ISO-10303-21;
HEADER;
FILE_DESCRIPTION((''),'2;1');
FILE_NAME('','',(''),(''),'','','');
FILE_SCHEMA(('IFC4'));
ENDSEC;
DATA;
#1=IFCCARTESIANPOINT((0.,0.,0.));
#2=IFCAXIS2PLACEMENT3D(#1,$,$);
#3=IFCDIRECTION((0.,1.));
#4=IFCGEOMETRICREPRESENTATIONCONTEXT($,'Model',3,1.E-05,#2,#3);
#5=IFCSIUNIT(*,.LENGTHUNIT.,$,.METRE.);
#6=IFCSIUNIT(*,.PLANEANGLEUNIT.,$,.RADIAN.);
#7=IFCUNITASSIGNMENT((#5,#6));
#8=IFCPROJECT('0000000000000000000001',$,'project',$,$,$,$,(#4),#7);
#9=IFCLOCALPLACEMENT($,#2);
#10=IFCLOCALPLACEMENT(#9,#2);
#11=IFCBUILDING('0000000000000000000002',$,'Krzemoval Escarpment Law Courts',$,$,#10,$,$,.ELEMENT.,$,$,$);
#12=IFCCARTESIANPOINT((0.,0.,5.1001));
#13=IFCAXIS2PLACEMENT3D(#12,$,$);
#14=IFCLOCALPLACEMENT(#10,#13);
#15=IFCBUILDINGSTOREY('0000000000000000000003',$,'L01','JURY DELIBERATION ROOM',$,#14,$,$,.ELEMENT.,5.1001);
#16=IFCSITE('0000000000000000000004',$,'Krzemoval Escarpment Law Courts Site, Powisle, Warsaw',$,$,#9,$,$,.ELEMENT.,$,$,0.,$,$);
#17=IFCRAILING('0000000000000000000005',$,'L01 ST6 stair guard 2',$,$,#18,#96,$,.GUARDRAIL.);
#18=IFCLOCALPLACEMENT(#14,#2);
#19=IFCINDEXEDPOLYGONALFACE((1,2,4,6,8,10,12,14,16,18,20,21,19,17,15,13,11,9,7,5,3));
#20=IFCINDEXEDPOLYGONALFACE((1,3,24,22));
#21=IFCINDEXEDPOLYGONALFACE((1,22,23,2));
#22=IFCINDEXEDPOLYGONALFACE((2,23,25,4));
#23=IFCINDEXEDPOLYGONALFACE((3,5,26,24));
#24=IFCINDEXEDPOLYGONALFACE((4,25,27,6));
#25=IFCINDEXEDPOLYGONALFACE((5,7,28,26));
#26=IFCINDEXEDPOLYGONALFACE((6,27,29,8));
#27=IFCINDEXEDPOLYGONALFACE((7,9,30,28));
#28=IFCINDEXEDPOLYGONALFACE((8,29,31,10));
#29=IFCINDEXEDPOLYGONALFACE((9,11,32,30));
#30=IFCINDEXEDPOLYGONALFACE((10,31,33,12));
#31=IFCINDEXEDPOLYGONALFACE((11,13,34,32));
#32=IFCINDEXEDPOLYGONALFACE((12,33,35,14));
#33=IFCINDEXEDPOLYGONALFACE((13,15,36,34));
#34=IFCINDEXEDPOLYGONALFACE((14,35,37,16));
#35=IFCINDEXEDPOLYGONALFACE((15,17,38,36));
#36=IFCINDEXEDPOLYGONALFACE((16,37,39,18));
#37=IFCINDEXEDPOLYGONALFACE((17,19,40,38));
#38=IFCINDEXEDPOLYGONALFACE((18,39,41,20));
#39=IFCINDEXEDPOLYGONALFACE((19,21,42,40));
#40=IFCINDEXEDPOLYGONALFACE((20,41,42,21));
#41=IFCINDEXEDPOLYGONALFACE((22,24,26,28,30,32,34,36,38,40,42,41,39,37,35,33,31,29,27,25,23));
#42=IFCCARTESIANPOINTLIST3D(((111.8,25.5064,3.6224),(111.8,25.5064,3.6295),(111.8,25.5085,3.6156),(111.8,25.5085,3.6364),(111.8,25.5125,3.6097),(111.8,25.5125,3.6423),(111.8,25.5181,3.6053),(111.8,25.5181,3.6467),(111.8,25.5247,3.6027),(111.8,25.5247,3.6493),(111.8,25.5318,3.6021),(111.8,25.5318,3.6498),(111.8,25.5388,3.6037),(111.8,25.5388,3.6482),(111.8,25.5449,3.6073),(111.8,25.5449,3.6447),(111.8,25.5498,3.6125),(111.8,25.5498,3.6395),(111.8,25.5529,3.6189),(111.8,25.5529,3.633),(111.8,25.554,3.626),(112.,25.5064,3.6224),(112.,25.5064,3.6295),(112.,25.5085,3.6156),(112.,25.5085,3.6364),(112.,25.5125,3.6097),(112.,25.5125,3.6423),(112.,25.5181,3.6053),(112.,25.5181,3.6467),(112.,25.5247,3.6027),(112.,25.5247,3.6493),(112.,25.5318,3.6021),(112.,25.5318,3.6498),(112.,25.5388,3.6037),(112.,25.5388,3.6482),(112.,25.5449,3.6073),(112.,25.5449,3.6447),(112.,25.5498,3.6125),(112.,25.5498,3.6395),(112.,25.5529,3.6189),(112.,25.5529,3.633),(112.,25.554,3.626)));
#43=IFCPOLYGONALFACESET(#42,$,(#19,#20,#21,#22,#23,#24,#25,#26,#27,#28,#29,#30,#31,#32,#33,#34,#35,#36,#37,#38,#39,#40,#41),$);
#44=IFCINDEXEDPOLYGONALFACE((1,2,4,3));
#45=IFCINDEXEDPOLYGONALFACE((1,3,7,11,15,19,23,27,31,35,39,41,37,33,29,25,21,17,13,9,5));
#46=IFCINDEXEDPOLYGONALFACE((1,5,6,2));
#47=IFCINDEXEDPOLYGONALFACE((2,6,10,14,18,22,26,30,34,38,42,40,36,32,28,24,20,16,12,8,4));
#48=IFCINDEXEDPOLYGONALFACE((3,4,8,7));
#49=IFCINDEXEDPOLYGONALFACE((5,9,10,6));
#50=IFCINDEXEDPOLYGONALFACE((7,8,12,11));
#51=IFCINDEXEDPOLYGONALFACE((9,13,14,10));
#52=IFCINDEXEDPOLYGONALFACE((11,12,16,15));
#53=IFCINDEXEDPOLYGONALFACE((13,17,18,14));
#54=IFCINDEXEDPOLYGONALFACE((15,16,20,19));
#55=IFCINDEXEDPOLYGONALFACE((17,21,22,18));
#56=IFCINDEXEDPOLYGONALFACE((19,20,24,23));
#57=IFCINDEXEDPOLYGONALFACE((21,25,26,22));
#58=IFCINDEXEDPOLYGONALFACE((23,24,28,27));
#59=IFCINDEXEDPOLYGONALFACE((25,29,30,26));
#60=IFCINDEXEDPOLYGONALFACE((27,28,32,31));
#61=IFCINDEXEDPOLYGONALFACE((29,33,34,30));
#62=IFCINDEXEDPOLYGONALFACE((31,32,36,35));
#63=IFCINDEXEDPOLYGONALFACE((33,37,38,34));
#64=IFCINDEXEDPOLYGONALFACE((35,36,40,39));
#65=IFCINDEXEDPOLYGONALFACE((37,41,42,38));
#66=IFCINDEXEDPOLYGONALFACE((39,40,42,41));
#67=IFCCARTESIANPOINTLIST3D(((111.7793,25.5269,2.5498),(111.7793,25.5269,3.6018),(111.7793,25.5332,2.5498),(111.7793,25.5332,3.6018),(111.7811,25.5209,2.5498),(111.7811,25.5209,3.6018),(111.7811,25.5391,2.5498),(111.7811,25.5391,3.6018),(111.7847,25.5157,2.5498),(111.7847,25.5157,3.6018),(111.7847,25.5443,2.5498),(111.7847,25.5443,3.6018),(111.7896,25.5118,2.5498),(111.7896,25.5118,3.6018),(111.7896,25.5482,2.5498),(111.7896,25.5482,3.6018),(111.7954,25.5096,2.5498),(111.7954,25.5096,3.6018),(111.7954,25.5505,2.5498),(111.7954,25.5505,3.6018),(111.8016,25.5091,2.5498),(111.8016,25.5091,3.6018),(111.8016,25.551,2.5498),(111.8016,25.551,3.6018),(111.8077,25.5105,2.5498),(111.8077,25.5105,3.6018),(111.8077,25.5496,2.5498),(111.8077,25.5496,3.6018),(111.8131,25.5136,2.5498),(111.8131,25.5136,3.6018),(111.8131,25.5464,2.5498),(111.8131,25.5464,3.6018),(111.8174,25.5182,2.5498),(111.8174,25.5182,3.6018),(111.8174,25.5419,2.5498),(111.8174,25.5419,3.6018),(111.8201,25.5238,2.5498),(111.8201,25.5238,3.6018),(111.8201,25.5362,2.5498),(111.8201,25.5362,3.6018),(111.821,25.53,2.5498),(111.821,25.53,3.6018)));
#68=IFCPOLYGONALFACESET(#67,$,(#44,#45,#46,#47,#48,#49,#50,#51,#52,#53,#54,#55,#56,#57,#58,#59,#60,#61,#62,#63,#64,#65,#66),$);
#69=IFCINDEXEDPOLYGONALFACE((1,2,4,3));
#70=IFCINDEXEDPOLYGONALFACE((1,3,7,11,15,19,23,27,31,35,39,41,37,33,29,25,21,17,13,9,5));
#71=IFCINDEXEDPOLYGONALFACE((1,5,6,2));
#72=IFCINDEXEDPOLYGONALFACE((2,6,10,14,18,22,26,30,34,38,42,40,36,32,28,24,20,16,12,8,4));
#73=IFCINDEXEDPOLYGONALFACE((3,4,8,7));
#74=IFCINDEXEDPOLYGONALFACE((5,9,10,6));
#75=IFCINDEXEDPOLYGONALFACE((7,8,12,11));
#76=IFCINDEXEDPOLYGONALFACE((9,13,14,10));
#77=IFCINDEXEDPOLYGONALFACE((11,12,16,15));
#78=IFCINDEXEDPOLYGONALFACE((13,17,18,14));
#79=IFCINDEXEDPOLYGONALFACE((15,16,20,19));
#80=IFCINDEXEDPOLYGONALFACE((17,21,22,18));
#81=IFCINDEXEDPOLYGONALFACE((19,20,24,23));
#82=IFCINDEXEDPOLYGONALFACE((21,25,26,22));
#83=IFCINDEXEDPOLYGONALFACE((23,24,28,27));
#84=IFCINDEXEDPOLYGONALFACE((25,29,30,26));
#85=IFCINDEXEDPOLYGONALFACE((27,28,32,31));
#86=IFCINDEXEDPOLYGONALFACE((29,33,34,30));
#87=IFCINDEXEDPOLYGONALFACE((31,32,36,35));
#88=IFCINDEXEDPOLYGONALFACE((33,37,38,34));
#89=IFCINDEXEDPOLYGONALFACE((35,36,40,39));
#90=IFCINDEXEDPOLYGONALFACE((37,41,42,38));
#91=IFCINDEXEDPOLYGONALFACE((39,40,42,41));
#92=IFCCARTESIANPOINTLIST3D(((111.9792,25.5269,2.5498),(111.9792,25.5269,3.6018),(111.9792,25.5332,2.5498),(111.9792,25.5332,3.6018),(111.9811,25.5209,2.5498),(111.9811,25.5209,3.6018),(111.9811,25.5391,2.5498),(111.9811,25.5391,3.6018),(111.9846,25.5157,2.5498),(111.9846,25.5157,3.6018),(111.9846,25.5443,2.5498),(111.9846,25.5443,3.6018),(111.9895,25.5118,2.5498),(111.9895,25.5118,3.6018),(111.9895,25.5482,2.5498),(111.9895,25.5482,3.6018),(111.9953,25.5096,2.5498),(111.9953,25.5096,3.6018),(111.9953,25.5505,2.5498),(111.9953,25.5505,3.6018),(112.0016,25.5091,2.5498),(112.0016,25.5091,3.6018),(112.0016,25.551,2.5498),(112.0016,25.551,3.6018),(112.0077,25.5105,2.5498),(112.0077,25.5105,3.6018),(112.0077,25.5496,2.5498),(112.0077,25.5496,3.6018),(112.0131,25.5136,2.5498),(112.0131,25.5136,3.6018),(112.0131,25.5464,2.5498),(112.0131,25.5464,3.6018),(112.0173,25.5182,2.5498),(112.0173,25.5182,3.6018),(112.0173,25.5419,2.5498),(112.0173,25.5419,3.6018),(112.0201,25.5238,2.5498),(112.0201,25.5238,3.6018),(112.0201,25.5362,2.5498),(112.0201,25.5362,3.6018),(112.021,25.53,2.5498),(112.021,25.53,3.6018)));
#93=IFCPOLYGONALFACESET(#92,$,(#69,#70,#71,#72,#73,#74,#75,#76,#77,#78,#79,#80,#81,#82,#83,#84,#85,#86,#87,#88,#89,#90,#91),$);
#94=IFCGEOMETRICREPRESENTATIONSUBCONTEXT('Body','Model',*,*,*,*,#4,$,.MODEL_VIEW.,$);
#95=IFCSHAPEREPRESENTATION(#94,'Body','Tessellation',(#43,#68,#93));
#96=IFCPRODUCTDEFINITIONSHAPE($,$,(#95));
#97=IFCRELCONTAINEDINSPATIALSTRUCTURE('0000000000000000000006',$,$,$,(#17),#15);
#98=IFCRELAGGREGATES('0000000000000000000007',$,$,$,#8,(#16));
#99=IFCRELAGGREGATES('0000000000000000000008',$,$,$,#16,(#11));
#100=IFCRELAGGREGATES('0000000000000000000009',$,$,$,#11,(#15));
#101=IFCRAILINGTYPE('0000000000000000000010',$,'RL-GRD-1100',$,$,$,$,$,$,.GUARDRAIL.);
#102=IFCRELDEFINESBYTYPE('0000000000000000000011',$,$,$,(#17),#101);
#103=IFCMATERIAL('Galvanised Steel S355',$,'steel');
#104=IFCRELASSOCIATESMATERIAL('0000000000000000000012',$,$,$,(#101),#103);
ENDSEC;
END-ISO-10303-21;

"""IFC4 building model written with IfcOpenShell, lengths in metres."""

from ifc_helpers import new_model, si_unit, direction, frame, origin, origin_2d, place, context, subcontext, project, spatial, circle, extrude, material, type_object, element, save


model = new_model("IFC4")

# Units and contexts
model_context = context("Model", 3, precision=1e-05, world=origin(), true_north=direction((0.0, 1.0)))
body_context = subcontext(model_context, "Body", "Model", "MODEL_VIEW")
ifc_project = project(units=[si_unit("LENGTHUNIT", "METRE"), si_unit("PLANEANGLEUNIT", "RADIAN")], contexts=[model_context])

# Site, building, storey
site_placement = place(None, origin())
site = spatial("IfcSite", under=ifc_project, at=site_placement, Name="Krzemoval Escarpment Law Courts Site, Powisle, Warsaw", CompositionType="ELEMENT", RefElevation=0.0)
building_placement = place(site_placement, origin())
building = spatial("IfcBuilding", under=site, at=building_placement, Name="Krzemoval Escarpment Law Courts", CompositionType="ELEMENT")
storey_placement = place(building_placement, frame((0.0, 0.0, 5.1001)))
storey = spatial("IfcBuildingStorey", under=building, at=storey_placement, Name="L01", Description="JURY DELIBERATION ROOM", CompositionType="ELEMENT", Elevation=5.1001)

# Railing
ifc_material_1 = material(Name="Galvanised Steel S355", Category="steel")
railing_type_1 = type_object("IfcRailingType", Name="RL-GRD-1100", PredefinedType="GUARDRAIL", material=ifc_material_1)
railing_1_placement = place(storey_placement, frame((111.8, 25.53, 2.5498)))
element("IfcRailing", 1, at=railing_1_placement, inside=storey, type_object=railing_type_1, Name="L01 ST6 stair guard 2", PredefinedType="GUARDRAIL", context=body_context, shape_type="SweptSolid", body=[
    extrude(circle(Radius=0.0239, at=origin_2d()), frame((0.0, 0.0, 1.0762), z_axis=(1.0, 0.0, 0.0), x_axis=(0.0, 1.0, 0.0)), (0.0, 0.0, 1.0), 0.2),
    extrude(circle(Radius=0.021, at=origin_2d()), origin(), (0.0, 0.0, 1.0), 1.052),
    extrude(circle(Radius=0.021, at=origin_2d()), frame((0.2, 0.0, 0.0)), (0.0, 0.0, 1.0), 1.052),
])

save(model, "model.ifc")
